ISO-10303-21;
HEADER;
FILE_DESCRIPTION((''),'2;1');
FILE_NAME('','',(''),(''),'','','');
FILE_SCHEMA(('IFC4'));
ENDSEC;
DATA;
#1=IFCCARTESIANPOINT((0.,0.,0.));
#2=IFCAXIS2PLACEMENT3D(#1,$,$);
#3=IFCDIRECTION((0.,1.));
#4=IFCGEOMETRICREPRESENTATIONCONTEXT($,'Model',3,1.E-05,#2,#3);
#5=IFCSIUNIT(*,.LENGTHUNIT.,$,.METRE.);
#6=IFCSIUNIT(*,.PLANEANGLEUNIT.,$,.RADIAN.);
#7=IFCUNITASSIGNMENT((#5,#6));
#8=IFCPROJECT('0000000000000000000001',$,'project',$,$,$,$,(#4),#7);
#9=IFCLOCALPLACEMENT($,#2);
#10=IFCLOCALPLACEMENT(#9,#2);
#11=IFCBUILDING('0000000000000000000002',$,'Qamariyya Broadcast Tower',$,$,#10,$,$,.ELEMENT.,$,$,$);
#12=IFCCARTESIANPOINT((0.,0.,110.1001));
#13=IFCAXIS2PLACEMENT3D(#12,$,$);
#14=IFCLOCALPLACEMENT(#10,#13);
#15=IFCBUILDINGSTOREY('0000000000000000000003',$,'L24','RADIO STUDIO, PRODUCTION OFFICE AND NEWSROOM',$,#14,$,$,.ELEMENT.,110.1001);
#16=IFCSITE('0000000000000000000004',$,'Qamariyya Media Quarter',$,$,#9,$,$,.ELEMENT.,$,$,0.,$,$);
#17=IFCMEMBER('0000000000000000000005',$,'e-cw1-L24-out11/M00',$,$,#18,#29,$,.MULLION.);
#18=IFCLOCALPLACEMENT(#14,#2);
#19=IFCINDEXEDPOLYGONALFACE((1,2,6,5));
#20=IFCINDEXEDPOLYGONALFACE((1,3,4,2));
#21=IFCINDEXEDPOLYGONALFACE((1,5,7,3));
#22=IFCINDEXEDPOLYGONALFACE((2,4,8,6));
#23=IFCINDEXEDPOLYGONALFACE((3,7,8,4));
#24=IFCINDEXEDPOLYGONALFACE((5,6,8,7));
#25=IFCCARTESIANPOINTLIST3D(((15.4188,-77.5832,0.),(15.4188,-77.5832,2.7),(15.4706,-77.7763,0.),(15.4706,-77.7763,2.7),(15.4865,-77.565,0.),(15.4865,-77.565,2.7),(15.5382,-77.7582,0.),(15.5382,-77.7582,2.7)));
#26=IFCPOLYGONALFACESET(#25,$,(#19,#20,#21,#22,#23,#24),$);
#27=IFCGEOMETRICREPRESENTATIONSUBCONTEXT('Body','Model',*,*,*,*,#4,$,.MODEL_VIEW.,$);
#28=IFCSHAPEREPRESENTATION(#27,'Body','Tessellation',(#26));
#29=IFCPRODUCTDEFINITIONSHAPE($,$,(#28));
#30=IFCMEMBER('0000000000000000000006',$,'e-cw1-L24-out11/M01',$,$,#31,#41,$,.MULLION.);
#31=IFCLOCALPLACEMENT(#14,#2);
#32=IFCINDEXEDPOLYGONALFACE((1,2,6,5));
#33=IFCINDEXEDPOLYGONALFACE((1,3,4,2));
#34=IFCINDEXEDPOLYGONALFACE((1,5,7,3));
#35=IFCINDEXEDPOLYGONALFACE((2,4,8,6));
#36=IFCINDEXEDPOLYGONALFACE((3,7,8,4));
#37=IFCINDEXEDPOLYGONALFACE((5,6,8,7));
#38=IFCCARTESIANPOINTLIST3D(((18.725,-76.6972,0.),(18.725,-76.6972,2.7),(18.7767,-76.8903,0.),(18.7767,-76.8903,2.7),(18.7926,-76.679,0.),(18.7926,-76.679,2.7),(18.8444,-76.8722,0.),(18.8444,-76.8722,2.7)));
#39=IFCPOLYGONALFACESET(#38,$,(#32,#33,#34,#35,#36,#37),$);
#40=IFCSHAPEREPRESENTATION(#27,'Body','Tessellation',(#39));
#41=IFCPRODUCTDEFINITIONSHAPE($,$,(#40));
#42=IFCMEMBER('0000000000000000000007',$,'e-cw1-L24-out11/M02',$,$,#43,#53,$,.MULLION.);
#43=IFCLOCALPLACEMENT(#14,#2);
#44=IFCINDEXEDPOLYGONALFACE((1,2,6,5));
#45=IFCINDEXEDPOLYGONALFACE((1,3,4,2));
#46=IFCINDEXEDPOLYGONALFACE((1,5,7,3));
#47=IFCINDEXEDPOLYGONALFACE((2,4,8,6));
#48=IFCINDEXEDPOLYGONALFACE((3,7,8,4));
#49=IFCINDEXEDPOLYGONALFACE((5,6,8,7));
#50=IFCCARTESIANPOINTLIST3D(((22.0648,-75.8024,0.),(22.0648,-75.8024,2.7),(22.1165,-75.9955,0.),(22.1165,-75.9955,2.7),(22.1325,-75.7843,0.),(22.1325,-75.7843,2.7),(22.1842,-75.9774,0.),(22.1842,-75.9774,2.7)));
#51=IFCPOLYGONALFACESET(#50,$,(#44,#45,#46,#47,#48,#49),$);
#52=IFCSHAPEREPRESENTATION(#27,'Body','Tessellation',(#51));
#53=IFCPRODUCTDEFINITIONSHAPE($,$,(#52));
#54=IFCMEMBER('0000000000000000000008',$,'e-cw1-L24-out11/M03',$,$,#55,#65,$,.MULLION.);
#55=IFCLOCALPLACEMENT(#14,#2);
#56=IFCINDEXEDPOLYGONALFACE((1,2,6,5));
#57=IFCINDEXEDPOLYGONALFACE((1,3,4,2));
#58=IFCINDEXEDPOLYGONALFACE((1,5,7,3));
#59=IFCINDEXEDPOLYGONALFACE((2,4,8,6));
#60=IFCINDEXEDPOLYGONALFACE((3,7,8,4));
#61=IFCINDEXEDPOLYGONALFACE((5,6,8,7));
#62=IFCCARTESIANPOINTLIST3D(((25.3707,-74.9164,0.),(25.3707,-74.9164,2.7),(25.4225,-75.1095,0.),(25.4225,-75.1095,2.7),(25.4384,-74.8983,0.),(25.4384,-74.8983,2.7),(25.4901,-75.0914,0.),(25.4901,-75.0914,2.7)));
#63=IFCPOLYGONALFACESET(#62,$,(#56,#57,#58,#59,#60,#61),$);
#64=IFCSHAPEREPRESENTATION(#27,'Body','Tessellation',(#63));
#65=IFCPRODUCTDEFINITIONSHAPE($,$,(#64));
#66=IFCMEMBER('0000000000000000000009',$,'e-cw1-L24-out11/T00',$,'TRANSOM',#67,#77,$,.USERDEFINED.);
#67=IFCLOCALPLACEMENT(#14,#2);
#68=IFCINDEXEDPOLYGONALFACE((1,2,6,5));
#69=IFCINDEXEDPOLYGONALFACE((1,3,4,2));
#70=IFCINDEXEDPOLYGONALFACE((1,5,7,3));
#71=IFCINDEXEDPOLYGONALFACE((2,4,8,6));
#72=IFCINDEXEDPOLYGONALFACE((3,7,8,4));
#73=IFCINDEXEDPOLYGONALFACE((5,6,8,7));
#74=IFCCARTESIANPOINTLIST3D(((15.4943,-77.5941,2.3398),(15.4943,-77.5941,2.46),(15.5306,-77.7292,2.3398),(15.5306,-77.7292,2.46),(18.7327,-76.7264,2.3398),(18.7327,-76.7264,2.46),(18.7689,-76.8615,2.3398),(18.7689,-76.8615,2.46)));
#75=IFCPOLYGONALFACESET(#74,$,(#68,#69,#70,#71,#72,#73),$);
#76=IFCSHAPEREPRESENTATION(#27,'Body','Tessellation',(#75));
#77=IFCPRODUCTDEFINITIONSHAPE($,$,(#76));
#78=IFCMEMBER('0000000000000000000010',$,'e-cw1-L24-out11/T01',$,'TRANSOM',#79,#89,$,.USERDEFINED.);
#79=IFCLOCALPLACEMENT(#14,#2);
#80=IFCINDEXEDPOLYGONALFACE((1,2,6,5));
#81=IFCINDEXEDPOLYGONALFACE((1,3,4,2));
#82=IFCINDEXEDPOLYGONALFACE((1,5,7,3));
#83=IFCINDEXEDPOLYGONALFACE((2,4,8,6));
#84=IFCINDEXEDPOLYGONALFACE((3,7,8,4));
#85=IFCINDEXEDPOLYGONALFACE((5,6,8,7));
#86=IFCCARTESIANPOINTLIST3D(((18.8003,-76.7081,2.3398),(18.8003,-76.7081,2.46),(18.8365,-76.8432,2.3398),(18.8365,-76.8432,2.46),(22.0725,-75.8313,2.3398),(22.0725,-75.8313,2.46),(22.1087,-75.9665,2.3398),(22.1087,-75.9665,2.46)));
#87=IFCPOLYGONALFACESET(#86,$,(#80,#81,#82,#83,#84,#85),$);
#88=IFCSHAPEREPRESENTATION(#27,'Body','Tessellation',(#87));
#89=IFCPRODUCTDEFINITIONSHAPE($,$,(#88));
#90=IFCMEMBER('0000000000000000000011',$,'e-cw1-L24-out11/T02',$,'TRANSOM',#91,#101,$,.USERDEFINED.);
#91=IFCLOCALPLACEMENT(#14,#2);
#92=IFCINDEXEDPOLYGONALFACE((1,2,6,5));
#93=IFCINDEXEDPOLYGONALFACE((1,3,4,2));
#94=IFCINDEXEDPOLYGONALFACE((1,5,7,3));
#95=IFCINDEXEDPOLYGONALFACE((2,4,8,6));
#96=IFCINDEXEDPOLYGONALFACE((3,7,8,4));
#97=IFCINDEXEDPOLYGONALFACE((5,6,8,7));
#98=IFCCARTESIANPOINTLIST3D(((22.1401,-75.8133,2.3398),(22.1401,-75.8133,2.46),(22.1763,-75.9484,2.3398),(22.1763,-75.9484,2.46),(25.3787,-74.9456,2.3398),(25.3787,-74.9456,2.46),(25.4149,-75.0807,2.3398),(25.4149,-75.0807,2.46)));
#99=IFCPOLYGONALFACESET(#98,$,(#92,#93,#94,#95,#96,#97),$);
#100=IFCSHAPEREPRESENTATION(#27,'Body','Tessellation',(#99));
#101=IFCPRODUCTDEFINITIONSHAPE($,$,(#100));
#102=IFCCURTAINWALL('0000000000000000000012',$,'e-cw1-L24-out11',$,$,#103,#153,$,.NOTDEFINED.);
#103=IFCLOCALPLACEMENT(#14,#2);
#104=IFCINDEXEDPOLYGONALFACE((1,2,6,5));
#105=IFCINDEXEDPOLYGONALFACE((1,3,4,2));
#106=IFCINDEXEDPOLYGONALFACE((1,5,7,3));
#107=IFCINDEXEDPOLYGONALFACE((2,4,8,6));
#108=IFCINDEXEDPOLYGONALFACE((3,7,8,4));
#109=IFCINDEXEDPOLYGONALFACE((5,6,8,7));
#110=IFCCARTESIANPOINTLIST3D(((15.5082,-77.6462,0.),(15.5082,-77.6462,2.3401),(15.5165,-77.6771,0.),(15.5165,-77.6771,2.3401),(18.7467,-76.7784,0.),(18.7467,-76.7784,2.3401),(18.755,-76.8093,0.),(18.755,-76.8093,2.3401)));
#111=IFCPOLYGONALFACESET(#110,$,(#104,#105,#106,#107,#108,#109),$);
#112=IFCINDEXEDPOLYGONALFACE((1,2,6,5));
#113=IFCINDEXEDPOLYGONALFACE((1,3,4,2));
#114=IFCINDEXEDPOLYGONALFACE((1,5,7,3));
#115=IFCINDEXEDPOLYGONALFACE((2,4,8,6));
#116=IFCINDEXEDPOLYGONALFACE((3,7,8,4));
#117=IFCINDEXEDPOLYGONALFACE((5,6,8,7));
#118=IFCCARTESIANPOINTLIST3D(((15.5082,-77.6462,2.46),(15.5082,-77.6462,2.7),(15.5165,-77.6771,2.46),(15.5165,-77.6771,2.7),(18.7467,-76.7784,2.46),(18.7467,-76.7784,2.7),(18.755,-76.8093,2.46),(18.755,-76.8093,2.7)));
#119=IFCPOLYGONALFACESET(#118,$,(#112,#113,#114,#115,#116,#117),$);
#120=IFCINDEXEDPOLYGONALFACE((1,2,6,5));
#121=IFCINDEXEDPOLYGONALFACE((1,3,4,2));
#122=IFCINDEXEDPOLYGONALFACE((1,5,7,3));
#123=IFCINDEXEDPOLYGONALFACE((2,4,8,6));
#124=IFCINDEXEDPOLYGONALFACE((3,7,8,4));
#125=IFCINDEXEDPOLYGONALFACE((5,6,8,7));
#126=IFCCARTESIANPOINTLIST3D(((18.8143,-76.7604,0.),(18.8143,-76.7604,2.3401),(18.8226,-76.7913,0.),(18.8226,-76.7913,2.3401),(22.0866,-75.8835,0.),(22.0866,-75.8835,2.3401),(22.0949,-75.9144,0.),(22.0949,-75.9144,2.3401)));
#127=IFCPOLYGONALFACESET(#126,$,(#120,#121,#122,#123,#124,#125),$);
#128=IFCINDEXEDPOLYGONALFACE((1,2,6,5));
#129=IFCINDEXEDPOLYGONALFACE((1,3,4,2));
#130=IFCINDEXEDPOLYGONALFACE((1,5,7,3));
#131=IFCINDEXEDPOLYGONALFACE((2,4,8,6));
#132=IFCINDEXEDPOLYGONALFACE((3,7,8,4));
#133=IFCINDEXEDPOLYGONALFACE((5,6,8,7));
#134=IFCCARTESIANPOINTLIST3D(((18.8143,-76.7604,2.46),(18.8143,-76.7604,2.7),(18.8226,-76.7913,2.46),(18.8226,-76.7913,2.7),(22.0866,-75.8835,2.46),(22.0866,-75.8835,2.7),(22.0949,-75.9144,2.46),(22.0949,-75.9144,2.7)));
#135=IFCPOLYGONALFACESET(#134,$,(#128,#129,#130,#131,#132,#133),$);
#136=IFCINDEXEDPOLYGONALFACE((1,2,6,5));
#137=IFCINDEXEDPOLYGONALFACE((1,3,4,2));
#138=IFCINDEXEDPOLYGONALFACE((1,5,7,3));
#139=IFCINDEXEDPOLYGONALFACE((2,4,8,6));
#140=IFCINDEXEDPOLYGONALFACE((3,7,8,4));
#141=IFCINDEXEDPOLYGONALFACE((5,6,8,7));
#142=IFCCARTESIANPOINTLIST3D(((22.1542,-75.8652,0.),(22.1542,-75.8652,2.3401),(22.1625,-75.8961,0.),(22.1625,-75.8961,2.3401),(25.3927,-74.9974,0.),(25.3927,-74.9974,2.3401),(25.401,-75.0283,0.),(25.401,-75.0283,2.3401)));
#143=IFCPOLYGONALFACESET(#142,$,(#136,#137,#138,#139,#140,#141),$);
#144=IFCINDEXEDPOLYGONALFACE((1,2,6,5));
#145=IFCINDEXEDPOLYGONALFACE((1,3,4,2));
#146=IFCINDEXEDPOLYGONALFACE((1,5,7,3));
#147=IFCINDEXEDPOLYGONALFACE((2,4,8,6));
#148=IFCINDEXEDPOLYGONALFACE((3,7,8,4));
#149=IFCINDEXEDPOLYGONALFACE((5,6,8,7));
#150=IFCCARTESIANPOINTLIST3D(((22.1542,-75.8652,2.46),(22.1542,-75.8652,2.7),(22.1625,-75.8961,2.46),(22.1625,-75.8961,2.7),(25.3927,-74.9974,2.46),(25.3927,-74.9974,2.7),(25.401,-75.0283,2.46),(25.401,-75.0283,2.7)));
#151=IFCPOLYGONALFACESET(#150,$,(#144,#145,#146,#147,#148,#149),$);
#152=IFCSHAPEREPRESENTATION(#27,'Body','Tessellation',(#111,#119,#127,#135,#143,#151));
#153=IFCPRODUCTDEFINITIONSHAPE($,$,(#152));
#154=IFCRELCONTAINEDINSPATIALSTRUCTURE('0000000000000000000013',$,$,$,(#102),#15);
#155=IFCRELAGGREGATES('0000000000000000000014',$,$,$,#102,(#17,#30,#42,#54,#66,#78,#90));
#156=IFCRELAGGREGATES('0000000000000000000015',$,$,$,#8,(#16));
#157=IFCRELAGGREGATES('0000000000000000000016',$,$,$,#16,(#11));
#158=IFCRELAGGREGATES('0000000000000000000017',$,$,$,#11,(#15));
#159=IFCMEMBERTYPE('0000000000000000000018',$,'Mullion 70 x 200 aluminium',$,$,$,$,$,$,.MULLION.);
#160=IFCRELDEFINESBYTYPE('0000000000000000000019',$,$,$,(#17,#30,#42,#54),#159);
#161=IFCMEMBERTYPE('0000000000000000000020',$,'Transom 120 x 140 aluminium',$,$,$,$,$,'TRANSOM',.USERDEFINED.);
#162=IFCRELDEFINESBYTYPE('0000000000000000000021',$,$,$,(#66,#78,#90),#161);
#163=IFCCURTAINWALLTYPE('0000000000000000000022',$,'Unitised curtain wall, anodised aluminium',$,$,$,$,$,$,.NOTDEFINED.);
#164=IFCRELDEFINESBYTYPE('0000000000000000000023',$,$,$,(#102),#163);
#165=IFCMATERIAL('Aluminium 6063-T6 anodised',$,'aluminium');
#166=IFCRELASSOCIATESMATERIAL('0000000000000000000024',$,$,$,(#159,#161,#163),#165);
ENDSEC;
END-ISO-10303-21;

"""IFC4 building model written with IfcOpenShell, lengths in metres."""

from ifc_helpers import new_model, si_unit, direction, frame, origin, origin_2d, place, context, subcontext, project, spatial, rectangle, extrude, material, material_profile, profile_set, type_object, element, aggregate, save


model = new_model("IFC4")

# Units and contexts
model_context = context("Model", 3, precision=1e-05, world=origin(), true_north=direction((0.0, 1.0)))
body_context = subcontext(model_context, "Body", "Model", "MODEL_VIEW")
ifc_project = project(units=[si_unit("LENGTHUNIT", "METRE"), si_unit("PLANEANGLEUNIT", "RADIAN")], contexts=[model_context])

# Members
ifc_material = material(Name="Aluminium 6063-T6 anodised", Category="aluminium")
ifc_material_profile_1 = material_profile(ifc_material, rectangle(XDim=0.2, YDim=0.0701, at=origin_2d()))
ifc_profile_set_1 = profile_set([ifc_material_profile_1], Name="Aluminium 6063-T6 anodised")
member_type_1 = type_object("IfcMemberType", Name="Mullion 70 x 200 aluminium", PredefinedType="MULLION", material=ifc_profile_set_1)
site_placement = place(None, origin())
building_placement = place(site_placement, origin())
storey_placement = place(building_placement, frame((0.0, 0.0, 110.1001)))
member_1_placement = place(storey_placement, frame((15.4785, -77.6707, 0.0), z_axis=(0.0, 0.0, 1.0), x_axis=(-0.258819, 0.965926, 0.0)))
member_1 = element("IfcMember", 1, at=member_1_placement, type_object=member_type_1, Name="e-cw1-L24-out11/M00", PredefinedType="MULLION", context=body_context, shape_type="SweptSolid", body=[
    extrude(rectangle(XDim=0.2, YDim=0.0701, at=origin_2d()), origin(), (0.0, 0.0, 1.0), 2.7),
])
member_2_placement = place(storey_placement, frame((18.7847, -76.7847, 0.0), z_axis=(0.0, 0.0, 1.0), x_axis=(-0.258819, 0.965926, 0.0)))
member_2 = element("IfcMember", 2, at=member_2_placement, type_object=member_type_1, Name="e-cw1-L24-out11/M01", PredefinedType="MULLION", context=body_context, shape_type="SweptSolid", body=[
    extrude(rectangle(XDim=0.2, YDim=0.0701, at=origin_2d()), origin(), (0.0, 0.0, 1.0), 2.7),
])
member_3_placement = place(storey_placement, frame((22.1245, -75.8899, 0.0), z_axis=(0.0, 0.0, 1.0), x_axis=(-0.258819, 0.965926, 0.0)))
member_3 = element("IfcMember", 3, at=member_3_placement, type_object=member_type_1, Name="e-cw1-L24-out11/M02", PredefinedType="MULLION", context=body_context, shape_type="SweptSolid", body=[
    extrude(rectangle(XDim=0.2, YDim=0.0701, at=origin_2d()), origin(), (0.0, 0.0, 1.0), 2.7),
])
member_4_placement = place(storey_placement, frame((25.4304, -75.0039, 0.0), z_axis=(0.0, 0.0, 1.0), x_axis=(-0.258819, 0.965926, 0.0)))
member_4 = element("IfcMember", 4, at=member_4_placement, type_object=member_type_1, Name="e-cw1-L24-out11/M03", PredefinedType="MULLION", context=body_context, shape_type="SweptSolid", body=[
    extrude(rectangle(XDim=0.2, YDim=0.0701, at=origin_2d()), origin(), (0.0, 0.0, 1.0), 2.7),
])
ifc_material_profile_2 = material_profile(ifc_material, rectangle(XDim=0.1399, YDim=0.1201, at=origin_2d()))
ifc_profile_set_2 = profile_set([ifc_material_profile_2], Name="Aluminium 6063-T6 anodised")
member_type_2 = type_object("IfcMemberType", Name="Transom 120 x 140 aluminium", ElementType="TRANSOM", PredefinedType="USERDEFINED", material=ifc_profile_set_2)
member_5_placement = place(storey_placement, frame((15.5125, -77.6616, 2.3999), z_axis=(0.965927, 0.258814, 0.0), x_axis=(-0.258814, 0.965927, 0.0)))
member_5 = element("IfcMember", 5, at=member_5_placement, type_object=member_type_2, Name="e-cw1-L24-out11/T00", ObjectType="TRANSOM", PredefinedType="USERDEFINED", context=body_context, shape_type="SweptSolid", body=[
    extrude(rectangle(XDim=0.1399, YDim=0.1201, at=origin_2d()), origin(), (0.0, 0.0, 1.0), 3.3525),
])
member_6_placement = place(storey_placement, frame((18.8184, -76.7756, 2.3999), z_axis=(0.965932, 0.258797, 0.0), x_axis=(-0.258797, 0.965932, 0.0)))
member_6 = element("IfcMember", 6, at=member_6_placement, type_object=member_type_2, Name="e-cw1-L24-out11/T01", ObjectType="TRANSOM", PredefinedType="USERDEFINED", context=body_context, shape_type="SweptSolid", body=[
    extrude(rectangle(XDim=0.1399, YDim=0.1201, at=origin_2d()), origin(), (0.0, 0.0, 1.0), 3.3877),
])
member_7_placement = place(storey_placement, frame((22.1582, -75.8809, 2.3999), z_axis=(0.965932, 0.258796, 0.0), x_axis=(-0.258796, 0.965932, 0.0)))
member_7 = element("IfcMember", 7, at=member_7_placement, type_object=member_type_2, Name="e-cw1-L24-out11/T02", ObjectType="TRANSOM", PredefinedType="USERDEFINED", context=body_context, shape_type="SweptSolid", body=[
    extrude(rectangle(XDim=0.1399, YDim=0.1201, at=origin_2d()), origin(), (0.0, 0.0, 1.0), 3.3528),
])

# Site, building, storey
site = spatial("IfcSite", under=ifc_project, at=site_placement, Name="Qamariyya Media Quarter", CompositionType="ELEMENT", RefElevation=0.0)
building = spatial("IfcBuilding", under=site, at=building_placement, Name="Qamariyya Broadcast Tower", CompositionType="ELEMENT")
storey = spatial("IfcBuildingStorey", under=building, at=storey_placement, Name="L24", Description="RADIO STUDIO, PRODUCTION OFFICE AND NEWSROOM", CompositionType="ELEMENT", Elevation=110.1001)

# Curtain wall
curtain_wall_type = type_object("IfcCurtainWallType", Name="Unitised curtain wall, anodised aluminium", PredefinedType="NOTDEFINED", material=ifc_material)
curtain_wall_1_placement = place(storey_placement, origin())
curtain_wall_1 = element("IfcCurtainWall", 8, at=curtain_wall_1_placement, inside=storey, type_object=curtain_wall_type, Name="e-cw1-L24-out11", PredefinedType="NOTDEFINED", context=body_context, shape_type="SweptSolid", body=[
    extrude(rectangle(XDim=3.3528, YDim=0.032, at=origin_2d()), frame((17.1316, -77.2278, 0.0), x_axis=(0.965924, 0.258827, 0.0)), (0.0, 0.0, 1.0), 2.3401),
    extrude(rectangle(XDim=3.3528, YDim=0.032, at=origin_2d()), frame((17.1316, -77.2278, 2.46), x_axis=(0.965924, 0.258827, 0.0)), (0.0, 0.0, 1.0), 0.24),
    extrude(rectangle(XDim=3.3877, YDim=0.032, at=origin_2d()), frame((20.4546, -76.3374, 0.0), x_axis=(0.965924, 0.258827, 0.0)), (0.0, 0.0, 1.0), 2.3401),
    extrude(rectangle(XDim=3.3877, YDim=0.032, at=origin_2d()), frame((20.4546, -76.3374, 2.46), x_axis=(0.965924, 0.258827, 0.0)), (0.0, 0.0, 1.0), 0.24),
    extrude(rectangle(XDim=3.3528, YDim=0.032, at=origin_2d()), frame((23.7776, -75.4468, 0.0), x_axis=(0.965924, 0.258827, 0.0)), (0.0, 0.0, 1.0), 2.3401),
    extrude(rectangle(XDim=3.3528, YDim=0.032, at=origin_2d()), frame((23.7776, -75.4468, 2.46), x_axis=(0.965924, 0.258827, 0.0)), (0.0, 0.0, 1.0), 0.24),
])
aggregate(curtain_wall_1, [member_1, member_2, member_3, member_4, member_5, member_6, member_7])

save(model, "model.ifc")
